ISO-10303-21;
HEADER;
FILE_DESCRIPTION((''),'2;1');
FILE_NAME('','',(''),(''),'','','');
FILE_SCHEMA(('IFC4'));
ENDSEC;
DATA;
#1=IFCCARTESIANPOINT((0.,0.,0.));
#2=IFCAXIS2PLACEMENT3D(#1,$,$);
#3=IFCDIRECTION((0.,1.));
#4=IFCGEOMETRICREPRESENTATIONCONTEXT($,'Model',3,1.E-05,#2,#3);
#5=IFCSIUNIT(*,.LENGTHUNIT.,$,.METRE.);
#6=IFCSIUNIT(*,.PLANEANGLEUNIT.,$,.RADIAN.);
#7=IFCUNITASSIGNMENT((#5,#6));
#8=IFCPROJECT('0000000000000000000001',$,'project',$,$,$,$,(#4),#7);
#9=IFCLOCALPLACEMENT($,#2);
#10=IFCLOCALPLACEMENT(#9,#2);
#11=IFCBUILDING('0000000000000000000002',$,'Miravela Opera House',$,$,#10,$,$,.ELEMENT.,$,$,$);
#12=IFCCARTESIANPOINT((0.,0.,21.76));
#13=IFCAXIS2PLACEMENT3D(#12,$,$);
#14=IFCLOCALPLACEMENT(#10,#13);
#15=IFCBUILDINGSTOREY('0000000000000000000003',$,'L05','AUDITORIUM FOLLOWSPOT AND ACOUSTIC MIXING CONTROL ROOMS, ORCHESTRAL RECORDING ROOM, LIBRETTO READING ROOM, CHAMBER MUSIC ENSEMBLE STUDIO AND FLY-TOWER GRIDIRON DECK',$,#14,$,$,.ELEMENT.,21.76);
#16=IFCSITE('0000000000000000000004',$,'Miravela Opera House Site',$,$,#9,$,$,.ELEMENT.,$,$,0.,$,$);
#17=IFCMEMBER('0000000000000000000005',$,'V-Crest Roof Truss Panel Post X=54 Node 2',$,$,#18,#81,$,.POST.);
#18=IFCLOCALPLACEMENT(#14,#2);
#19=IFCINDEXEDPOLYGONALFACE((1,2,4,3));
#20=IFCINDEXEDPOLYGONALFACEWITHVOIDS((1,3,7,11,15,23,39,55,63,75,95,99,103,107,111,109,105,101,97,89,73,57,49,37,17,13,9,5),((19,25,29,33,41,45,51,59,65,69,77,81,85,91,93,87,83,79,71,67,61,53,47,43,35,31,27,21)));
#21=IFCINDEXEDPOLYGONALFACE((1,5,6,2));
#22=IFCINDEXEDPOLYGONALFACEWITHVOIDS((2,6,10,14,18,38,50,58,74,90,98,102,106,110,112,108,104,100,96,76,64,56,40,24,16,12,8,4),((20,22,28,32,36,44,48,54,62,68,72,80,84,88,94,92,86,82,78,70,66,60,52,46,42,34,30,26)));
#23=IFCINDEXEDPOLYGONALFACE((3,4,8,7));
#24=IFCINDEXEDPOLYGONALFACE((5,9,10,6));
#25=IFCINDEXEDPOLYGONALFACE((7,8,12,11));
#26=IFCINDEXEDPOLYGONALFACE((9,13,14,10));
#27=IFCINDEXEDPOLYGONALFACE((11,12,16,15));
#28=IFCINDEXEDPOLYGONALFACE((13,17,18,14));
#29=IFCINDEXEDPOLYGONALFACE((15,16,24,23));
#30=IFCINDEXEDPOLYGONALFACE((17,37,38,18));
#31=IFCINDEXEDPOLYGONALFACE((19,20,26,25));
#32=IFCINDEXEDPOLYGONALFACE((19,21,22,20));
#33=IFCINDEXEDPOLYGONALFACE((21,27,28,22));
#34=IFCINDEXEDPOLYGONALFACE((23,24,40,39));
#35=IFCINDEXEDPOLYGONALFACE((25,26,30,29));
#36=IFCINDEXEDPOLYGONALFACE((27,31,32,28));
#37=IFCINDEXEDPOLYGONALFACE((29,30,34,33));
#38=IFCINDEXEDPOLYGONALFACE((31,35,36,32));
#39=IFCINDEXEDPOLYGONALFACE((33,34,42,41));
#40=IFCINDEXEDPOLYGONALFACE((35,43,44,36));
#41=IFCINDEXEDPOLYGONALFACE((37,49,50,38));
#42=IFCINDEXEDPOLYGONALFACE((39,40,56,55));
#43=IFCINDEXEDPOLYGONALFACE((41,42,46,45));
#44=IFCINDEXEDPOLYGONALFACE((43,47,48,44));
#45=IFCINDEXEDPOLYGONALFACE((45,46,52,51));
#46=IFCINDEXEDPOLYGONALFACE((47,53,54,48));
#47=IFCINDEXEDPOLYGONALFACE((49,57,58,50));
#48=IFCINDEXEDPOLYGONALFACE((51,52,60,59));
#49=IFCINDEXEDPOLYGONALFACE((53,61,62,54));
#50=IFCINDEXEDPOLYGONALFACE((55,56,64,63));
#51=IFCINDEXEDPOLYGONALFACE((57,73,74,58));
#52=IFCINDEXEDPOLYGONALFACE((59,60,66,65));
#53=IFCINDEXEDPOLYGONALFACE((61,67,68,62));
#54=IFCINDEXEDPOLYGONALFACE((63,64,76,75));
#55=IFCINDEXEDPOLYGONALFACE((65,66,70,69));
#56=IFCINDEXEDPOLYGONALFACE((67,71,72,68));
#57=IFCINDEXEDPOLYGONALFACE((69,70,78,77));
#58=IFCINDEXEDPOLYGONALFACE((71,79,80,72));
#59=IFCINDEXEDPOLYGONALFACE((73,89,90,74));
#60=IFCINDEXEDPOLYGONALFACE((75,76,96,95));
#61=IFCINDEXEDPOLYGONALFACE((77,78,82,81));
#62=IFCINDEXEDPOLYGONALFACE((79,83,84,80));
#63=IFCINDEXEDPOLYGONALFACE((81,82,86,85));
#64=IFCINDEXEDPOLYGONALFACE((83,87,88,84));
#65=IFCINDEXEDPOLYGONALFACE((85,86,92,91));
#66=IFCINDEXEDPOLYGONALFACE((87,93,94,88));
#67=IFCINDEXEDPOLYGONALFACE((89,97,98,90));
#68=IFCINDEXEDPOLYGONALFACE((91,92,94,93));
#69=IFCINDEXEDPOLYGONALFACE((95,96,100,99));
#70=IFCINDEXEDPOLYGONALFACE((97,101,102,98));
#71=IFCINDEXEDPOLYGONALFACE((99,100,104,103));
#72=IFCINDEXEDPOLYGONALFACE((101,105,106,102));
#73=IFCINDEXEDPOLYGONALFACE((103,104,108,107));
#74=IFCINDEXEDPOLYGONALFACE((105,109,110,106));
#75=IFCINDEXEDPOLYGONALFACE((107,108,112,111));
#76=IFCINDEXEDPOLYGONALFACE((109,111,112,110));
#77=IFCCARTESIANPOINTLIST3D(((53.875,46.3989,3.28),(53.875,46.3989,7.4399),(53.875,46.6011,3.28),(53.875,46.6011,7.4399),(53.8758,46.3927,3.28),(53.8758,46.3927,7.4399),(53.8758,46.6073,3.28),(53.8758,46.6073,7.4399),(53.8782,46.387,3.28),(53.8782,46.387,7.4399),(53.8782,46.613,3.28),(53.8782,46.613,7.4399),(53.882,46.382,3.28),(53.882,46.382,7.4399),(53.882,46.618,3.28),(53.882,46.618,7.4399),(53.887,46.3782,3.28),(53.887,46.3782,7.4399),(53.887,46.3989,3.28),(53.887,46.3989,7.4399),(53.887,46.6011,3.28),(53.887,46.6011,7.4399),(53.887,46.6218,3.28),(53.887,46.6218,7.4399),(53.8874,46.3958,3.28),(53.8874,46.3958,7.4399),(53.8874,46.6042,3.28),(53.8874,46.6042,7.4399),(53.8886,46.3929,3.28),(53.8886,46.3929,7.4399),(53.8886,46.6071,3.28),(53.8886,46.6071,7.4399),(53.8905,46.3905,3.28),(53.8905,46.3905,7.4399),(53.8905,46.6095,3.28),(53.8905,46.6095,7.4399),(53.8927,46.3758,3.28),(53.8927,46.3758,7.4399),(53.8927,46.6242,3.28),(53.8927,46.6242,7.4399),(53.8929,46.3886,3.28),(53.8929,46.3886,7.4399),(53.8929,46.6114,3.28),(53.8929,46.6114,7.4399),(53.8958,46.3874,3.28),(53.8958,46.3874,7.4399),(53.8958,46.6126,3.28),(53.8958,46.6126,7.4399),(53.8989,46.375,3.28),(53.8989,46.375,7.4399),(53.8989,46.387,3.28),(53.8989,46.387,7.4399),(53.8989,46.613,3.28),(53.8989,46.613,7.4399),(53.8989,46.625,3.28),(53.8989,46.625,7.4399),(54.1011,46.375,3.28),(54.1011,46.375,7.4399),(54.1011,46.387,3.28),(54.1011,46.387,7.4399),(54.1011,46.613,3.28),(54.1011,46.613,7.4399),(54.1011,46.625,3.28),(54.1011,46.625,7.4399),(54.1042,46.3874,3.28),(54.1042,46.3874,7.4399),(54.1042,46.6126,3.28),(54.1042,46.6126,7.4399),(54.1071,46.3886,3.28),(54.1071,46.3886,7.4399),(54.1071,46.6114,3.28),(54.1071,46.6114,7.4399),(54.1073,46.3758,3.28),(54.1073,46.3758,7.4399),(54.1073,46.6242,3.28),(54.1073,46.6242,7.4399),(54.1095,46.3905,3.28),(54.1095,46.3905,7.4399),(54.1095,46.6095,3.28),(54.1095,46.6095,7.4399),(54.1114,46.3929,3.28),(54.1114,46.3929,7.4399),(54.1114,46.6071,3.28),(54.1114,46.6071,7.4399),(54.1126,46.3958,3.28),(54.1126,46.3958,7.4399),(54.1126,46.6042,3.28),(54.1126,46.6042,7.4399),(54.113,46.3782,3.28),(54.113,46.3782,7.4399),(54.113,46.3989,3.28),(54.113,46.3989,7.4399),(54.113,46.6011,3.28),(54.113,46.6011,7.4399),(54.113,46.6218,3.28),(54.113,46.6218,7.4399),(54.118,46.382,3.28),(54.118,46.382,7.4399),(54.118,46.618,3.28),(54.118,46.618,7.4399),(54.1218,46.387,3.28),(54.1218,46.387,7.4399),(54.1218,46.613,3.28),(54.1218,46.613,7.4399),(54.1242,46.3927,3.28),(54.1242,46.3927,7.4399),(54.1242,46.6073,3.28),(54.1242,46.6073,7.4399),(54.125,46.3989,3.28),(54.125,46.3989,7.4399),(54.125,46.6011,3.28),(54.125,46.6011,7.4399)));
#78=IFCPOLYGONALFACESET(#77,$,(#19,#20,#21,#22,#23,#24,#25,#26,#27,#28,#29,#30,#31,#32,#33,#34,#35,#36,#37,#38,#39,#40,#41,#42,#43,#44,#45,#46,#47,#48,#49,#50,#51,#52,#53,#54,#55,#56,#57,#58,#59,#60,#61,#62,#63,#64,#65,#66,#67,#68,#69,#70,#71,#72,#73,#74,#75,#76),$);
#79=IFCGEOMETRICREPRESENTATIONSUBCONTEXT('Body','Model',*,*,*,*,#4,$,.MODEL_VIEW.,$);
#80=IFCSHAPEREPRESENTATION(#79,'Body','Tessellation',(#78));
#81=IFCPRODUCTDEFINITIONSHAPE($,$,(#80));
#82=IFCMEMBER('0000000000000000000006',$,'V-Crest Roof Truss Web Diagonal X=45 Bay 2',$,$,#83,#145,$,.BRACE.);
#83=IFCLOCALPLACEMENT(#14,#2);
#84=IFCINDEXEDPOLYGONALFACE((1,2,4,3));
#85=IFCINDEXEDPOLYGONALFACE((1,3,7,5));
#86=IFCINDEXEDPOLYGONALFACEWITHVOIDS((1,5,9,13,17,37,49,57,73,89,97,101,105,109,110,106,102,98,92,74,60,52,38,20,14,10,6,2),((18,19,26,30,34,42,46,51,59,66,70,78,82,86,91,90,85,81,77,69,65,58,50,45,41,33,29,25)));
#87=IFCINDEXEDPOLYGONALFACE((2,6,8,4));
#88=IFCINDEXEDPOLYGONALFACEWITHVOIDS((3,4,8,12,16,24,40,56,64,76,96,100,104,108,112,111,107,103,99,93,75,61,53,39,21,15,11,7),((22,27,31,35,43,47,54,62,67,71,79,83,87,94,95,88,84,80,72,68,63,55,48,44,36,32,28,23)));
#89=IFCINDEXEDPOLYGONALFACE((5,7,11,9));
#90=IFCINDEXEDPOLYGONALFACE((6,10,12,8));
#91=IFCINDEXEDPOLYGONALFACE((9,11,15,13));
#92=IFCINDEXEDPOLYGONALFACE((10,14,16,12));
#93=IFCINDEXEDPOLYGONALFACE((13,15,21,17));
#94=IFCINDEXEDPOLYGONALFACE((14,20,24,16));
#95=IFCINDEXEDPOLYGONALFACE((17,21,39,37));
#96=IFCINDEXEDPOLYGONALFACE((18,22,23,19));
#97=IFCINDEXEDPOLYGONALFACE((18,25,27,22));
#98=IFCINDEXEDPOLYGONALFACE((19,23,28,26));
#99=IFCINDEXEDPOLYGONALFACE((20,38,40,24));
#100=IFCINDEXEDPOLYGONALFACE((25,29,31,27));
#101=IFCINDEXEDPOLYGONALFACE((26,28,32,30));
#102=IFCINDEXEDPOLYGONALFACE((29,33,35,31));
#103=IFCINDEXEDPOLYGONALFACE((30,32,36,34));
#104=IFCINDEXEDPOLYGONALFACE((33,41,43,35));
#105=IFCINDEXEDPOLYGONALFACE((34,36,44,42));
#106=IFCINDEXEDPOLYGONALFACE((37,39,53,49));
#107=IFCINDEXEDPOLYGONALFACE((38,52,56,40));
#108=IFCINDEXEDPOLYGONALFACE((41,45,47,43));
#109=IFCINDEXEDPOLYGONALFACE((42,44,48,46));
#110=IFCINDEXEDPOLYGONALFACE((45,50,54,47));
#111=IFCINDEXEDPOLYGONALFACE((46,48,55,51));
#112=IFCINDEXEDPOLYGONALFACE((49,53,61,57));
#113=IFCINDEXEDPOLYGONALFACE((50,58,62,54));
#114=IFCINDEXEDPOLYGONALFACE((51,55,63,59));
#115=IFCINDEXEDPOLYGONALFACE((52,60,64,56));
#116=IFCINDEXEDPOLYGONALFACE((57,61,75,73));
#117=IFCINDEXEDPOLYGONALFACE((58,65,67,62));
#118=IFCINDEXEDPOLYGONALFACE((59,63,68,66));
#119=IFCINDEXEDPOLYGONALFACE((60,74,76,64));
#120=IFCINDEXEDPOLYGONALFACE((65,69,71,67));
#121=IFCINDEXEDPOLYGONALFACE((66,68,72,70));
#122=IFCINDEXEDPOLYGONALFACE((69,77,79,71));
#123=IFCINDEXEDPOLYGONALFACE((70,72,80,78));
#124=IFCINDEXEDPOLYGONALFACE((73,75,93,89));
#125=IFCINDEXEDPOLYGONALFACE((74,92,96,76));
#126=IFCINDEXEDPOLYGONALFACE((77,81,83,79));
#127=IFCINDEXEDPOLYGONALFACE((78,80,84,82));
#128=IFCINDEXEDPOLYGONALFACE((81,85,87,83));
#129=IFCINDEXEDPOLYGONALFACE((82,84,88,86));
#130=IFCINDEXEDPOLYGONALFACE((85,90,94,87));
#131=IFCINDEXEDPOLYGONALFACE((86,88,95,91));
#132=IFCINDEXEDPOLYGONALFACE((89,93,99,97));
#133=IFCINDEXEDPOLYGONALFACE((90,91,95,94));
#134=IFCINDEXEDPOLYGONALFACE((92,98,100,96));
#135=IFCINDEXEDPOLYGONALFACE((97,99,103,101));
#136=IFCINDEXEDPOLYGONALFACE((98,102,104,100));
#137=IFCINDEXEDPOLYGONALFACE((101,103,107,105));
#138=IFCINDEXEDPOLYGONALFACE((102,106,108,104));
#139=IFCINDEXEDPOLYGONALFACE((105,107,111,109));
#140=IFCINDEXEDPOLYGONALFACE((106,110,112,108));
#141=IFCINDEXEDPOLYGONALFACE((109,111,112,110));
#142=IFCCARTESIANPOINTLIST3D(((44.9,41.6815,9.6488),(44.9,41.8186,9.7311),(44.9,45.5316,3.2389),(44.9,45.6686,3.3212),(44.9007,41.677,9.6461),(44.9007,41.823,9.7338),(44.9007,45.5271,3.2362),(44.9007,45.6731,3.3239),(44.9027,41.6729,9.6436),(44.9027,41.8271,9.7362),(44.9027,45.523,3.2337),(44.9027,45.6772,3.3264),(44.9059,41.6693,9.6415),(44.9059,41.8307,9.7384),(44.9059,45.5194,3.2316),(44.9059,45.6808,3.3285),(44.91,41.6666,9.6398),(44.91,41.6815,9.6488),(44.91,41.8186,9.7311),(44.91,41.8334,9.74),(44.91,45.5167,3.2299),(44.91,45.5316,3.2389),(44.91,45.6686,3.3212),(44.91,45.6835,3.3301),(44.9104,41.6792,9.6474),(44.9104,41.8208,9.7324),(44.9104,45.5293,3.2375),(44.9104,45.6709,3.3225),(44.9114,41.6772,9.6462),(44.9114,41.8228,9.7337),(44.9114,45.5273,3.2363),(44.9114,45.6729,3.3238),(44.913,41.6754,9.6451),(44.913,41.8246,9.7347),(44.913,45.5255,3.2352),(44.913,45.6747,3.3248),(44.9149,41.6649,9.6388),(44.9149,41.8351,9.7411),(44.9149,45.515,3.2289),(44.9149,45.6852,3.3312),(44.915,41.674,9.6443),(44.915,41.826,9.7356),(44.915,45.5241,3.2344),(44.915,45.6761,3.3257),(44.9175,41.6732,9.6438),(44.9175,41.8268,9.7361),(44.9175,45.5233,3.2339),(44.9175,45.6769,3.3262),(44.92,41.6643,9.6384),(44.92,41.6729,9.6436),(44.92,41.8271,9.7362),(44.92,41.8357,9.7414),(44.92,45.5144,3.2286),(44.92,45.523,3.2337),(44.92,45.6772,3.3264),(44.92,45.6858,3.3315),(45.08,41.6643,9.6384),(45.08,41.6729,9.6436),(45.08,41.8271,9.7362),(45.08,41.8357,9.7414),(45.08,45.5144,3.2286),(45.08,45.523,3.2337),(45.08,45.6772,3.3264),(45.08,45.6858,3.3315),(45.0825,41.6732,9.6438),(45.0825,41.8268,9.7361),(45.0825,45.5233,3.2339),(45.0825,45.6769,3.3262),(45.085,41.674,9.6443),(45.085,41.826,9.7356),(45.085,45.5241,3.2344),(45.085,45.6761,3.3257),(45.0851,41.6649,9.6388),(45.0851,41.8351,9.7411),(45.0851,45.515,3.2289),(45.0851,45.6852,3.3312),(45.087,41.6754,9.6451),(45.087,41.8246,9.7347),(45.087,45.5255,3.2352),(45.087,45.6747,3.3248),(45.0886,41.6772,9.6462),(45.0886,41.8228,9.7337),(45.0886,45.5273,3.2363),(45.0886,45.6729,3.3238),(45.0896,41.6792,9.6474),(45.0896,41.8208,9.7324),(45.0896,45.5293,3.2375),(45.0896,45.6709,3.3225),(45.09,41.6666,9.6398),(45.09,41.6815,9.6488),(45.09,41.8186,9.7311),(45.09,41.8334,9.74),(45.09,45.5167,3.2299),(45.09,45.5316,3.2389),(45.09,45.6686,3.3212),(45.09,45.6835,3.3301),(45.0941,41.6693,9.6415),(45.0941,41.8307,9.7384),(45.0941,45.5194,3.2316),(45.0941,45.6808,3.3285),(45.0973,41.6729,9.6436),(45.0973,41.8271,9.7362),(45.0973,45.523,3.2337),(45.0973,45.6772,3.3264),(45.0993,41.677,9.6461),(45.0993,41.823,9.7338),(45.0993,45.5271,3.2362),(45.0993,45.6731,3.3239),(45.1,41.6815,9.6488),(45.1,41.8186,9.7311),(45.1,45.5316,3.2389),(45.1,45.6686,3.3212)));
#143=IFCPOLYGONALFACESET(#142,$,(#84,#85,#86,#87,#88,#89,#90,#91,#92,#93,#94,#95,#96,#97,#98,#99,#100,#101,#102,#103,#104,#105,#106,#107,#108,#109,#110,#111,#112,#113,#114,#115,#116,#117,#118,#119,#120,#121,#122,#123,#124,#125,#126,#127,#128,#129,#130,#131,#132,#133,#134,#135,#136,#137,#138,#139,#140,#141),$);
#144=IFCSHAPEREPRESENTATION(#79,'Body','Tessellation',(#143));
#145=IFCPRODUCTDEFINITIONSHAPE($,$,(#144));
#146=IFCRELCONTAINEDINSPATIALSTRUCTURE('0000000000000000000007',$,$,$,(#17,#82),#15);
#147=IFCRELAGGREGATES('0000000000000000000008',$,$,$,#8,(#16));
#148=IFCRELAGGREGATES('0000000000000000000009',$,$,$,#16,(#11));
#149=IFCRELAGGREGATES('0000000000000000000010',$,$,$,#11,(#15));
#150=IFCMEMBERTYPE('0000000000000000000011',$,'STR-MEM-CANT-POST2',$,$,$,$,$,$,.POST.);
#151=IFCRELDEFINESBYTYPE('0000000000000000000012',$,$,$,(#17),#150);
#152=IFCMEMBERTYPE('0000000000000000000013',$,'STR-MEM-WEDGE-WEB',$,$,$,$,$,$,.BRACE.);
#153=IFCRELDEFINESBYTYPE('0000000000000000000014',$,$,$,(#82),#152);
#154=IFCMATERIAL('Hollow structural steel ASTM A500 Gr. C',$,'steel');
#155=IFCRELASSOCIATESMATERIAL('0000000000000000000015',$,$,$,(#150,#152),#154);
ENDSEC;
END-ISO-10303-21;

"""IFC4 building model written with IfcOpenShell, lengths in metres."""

from ifc_helpers import new_model, si_unit, direction, frame, origin, origin_2d, place, context, subcontext, project, spatial, hollow_rectangle, extrude, material, material_profile, profile_set, type_object, element, save


model = new_model("IFC4")

# Units and contexts
model_context = context("Model", 3, precision=1e-05, world=origin(), true_north=direction((0.0, 1.0)))
body_context = subcontext(model_context, "Body", "Model", "MODEL_VIEW")
ifc_project = project(units=[si_unit("LENGTHUNIT", "METRE"), si_unit("PLANEANGLEUNIT", "RADIAN")], contexts=[model_context])

# Site, building, storey
site_placement = place(None, origin())
site = spatial("IfcSite", under=ifc_project, at=site_placement, Name="Miravela Opera House Site", CompositionType="ELEMENT", RefElevation=0.0)
building_placement = place(site_placement, origin())
building = spatial("IfcBuilding", under=site, at=building_placement, Name="Miravela Opera House", CompositionType="ELEMENT")
storey_placement = place(building_placement, frame((0.0, 0.0, 21.76)))
storey = spatial("IfcBuildingStorey", under=building, at=storey_placement, Name="L05", Description="AUDITORIUM FOLLOWSPOT AND ACOUSTIC MIXING CONTROL ROOMS, ORCHESTRAL RECORDING ROOM, LIBRETTO READING ROOM, CHAMBER MUSIC ENSEMBLE STUDIO AND FLY-TOWER GRIDIRON DECK", CompositionType="ELEMENT", Elevation=21.76)

# Members
ifc_material_1 = material(Name="Hollow structural steel ASTM A500 Gr. C", Category="steel")
ifc_material_profile_1 = material_profile(ifc_material_1, hollow_rectangle(XDim=0.25, YDim=0.25, WallThickness=0.012, InnerFilletRadius=0.012, OuterFilletRadius=0.0239, at=origin_2d()), Name="HSS250X250X12")
ifc_profile_set_1 = profile_set([ifc_material_profile_1])
member_type_1 = type_object("IfcMemberType", Name="STR-MEM-CANT-POST2", PredefinedType="POST", material=ifc_profile_set_1)
for number, where, z_axis, x_axis, name in (
    (1, (54.0, 46.5, 3.28), (0.0, 0.0, 1.0), (1.0, 0.0, 0.0), "V-Crest Roof Truss Panel Post X=54 Node 2"),
):
    element("IfcMember", number, at=place(storey_placement, frame(where, z_axis=z_axis, x_axis=x_axis)), inside=storey, type_object=member_type_1, Name=name, PredefinedType="POST", context=body_context, shape_type="SweptSolid", body=[
        extrude(hollow_rectangle(XDim=0.25, YDim=0.25, WallThickness=0.012, InnerFilletRadius=0.012, OuterFilletRadius=0.0239, at=origin_2d()), origin(), (0.0, 0.0, 1.0), 4.1599),
    ])
ifc_material_profile_2 = material_profile(ifc_material_1, hollow_rectangle(XDim=0.2, YDim=0.2, WallThickness=0.01, InnerFilletRadius=0.01, OuterFilletRadius=0.02, at=origin_2d()), Name="HSS200X200X10")
ifc_profile_set_2 = profile_set([ifc_material_profile_2])
member_type_2 = type_object("IfcMemberType", Name="STR-MEM-WEDGE-WEB", PredefinedType="BRACE", material=ifc_profile_set_2)
for number, where, z_axis, x_axis, name in (
    (2, (45.0, 45.6001, 3.28), (0.0, -0.514904, 0.857248), (1.0, 0.0, 0.0), "V-Crest Roof Truss Web Diagonal X=45 Bay 2"),
):
    element("IfcMember", number, at=place(storey_placement, frame(where, z_axis=z_axis, x_axis=x_axis)), inside=storey, type_object=member_type_2, Name=name, PredefinedType="BRACE", context=body_context, shape_type="SweptSolid", body=[
        extrude(hollow_rectangle(XDim=0.2, YDim=0.2, WallThickness=0.01, InnerFilletRadius=0.01, OuterFilletRadius=0.02, at=origin_2d()), origin(), (0.0, 0.0, 1.0), 7.4773),
    ])

save(model, "model.ifc")
